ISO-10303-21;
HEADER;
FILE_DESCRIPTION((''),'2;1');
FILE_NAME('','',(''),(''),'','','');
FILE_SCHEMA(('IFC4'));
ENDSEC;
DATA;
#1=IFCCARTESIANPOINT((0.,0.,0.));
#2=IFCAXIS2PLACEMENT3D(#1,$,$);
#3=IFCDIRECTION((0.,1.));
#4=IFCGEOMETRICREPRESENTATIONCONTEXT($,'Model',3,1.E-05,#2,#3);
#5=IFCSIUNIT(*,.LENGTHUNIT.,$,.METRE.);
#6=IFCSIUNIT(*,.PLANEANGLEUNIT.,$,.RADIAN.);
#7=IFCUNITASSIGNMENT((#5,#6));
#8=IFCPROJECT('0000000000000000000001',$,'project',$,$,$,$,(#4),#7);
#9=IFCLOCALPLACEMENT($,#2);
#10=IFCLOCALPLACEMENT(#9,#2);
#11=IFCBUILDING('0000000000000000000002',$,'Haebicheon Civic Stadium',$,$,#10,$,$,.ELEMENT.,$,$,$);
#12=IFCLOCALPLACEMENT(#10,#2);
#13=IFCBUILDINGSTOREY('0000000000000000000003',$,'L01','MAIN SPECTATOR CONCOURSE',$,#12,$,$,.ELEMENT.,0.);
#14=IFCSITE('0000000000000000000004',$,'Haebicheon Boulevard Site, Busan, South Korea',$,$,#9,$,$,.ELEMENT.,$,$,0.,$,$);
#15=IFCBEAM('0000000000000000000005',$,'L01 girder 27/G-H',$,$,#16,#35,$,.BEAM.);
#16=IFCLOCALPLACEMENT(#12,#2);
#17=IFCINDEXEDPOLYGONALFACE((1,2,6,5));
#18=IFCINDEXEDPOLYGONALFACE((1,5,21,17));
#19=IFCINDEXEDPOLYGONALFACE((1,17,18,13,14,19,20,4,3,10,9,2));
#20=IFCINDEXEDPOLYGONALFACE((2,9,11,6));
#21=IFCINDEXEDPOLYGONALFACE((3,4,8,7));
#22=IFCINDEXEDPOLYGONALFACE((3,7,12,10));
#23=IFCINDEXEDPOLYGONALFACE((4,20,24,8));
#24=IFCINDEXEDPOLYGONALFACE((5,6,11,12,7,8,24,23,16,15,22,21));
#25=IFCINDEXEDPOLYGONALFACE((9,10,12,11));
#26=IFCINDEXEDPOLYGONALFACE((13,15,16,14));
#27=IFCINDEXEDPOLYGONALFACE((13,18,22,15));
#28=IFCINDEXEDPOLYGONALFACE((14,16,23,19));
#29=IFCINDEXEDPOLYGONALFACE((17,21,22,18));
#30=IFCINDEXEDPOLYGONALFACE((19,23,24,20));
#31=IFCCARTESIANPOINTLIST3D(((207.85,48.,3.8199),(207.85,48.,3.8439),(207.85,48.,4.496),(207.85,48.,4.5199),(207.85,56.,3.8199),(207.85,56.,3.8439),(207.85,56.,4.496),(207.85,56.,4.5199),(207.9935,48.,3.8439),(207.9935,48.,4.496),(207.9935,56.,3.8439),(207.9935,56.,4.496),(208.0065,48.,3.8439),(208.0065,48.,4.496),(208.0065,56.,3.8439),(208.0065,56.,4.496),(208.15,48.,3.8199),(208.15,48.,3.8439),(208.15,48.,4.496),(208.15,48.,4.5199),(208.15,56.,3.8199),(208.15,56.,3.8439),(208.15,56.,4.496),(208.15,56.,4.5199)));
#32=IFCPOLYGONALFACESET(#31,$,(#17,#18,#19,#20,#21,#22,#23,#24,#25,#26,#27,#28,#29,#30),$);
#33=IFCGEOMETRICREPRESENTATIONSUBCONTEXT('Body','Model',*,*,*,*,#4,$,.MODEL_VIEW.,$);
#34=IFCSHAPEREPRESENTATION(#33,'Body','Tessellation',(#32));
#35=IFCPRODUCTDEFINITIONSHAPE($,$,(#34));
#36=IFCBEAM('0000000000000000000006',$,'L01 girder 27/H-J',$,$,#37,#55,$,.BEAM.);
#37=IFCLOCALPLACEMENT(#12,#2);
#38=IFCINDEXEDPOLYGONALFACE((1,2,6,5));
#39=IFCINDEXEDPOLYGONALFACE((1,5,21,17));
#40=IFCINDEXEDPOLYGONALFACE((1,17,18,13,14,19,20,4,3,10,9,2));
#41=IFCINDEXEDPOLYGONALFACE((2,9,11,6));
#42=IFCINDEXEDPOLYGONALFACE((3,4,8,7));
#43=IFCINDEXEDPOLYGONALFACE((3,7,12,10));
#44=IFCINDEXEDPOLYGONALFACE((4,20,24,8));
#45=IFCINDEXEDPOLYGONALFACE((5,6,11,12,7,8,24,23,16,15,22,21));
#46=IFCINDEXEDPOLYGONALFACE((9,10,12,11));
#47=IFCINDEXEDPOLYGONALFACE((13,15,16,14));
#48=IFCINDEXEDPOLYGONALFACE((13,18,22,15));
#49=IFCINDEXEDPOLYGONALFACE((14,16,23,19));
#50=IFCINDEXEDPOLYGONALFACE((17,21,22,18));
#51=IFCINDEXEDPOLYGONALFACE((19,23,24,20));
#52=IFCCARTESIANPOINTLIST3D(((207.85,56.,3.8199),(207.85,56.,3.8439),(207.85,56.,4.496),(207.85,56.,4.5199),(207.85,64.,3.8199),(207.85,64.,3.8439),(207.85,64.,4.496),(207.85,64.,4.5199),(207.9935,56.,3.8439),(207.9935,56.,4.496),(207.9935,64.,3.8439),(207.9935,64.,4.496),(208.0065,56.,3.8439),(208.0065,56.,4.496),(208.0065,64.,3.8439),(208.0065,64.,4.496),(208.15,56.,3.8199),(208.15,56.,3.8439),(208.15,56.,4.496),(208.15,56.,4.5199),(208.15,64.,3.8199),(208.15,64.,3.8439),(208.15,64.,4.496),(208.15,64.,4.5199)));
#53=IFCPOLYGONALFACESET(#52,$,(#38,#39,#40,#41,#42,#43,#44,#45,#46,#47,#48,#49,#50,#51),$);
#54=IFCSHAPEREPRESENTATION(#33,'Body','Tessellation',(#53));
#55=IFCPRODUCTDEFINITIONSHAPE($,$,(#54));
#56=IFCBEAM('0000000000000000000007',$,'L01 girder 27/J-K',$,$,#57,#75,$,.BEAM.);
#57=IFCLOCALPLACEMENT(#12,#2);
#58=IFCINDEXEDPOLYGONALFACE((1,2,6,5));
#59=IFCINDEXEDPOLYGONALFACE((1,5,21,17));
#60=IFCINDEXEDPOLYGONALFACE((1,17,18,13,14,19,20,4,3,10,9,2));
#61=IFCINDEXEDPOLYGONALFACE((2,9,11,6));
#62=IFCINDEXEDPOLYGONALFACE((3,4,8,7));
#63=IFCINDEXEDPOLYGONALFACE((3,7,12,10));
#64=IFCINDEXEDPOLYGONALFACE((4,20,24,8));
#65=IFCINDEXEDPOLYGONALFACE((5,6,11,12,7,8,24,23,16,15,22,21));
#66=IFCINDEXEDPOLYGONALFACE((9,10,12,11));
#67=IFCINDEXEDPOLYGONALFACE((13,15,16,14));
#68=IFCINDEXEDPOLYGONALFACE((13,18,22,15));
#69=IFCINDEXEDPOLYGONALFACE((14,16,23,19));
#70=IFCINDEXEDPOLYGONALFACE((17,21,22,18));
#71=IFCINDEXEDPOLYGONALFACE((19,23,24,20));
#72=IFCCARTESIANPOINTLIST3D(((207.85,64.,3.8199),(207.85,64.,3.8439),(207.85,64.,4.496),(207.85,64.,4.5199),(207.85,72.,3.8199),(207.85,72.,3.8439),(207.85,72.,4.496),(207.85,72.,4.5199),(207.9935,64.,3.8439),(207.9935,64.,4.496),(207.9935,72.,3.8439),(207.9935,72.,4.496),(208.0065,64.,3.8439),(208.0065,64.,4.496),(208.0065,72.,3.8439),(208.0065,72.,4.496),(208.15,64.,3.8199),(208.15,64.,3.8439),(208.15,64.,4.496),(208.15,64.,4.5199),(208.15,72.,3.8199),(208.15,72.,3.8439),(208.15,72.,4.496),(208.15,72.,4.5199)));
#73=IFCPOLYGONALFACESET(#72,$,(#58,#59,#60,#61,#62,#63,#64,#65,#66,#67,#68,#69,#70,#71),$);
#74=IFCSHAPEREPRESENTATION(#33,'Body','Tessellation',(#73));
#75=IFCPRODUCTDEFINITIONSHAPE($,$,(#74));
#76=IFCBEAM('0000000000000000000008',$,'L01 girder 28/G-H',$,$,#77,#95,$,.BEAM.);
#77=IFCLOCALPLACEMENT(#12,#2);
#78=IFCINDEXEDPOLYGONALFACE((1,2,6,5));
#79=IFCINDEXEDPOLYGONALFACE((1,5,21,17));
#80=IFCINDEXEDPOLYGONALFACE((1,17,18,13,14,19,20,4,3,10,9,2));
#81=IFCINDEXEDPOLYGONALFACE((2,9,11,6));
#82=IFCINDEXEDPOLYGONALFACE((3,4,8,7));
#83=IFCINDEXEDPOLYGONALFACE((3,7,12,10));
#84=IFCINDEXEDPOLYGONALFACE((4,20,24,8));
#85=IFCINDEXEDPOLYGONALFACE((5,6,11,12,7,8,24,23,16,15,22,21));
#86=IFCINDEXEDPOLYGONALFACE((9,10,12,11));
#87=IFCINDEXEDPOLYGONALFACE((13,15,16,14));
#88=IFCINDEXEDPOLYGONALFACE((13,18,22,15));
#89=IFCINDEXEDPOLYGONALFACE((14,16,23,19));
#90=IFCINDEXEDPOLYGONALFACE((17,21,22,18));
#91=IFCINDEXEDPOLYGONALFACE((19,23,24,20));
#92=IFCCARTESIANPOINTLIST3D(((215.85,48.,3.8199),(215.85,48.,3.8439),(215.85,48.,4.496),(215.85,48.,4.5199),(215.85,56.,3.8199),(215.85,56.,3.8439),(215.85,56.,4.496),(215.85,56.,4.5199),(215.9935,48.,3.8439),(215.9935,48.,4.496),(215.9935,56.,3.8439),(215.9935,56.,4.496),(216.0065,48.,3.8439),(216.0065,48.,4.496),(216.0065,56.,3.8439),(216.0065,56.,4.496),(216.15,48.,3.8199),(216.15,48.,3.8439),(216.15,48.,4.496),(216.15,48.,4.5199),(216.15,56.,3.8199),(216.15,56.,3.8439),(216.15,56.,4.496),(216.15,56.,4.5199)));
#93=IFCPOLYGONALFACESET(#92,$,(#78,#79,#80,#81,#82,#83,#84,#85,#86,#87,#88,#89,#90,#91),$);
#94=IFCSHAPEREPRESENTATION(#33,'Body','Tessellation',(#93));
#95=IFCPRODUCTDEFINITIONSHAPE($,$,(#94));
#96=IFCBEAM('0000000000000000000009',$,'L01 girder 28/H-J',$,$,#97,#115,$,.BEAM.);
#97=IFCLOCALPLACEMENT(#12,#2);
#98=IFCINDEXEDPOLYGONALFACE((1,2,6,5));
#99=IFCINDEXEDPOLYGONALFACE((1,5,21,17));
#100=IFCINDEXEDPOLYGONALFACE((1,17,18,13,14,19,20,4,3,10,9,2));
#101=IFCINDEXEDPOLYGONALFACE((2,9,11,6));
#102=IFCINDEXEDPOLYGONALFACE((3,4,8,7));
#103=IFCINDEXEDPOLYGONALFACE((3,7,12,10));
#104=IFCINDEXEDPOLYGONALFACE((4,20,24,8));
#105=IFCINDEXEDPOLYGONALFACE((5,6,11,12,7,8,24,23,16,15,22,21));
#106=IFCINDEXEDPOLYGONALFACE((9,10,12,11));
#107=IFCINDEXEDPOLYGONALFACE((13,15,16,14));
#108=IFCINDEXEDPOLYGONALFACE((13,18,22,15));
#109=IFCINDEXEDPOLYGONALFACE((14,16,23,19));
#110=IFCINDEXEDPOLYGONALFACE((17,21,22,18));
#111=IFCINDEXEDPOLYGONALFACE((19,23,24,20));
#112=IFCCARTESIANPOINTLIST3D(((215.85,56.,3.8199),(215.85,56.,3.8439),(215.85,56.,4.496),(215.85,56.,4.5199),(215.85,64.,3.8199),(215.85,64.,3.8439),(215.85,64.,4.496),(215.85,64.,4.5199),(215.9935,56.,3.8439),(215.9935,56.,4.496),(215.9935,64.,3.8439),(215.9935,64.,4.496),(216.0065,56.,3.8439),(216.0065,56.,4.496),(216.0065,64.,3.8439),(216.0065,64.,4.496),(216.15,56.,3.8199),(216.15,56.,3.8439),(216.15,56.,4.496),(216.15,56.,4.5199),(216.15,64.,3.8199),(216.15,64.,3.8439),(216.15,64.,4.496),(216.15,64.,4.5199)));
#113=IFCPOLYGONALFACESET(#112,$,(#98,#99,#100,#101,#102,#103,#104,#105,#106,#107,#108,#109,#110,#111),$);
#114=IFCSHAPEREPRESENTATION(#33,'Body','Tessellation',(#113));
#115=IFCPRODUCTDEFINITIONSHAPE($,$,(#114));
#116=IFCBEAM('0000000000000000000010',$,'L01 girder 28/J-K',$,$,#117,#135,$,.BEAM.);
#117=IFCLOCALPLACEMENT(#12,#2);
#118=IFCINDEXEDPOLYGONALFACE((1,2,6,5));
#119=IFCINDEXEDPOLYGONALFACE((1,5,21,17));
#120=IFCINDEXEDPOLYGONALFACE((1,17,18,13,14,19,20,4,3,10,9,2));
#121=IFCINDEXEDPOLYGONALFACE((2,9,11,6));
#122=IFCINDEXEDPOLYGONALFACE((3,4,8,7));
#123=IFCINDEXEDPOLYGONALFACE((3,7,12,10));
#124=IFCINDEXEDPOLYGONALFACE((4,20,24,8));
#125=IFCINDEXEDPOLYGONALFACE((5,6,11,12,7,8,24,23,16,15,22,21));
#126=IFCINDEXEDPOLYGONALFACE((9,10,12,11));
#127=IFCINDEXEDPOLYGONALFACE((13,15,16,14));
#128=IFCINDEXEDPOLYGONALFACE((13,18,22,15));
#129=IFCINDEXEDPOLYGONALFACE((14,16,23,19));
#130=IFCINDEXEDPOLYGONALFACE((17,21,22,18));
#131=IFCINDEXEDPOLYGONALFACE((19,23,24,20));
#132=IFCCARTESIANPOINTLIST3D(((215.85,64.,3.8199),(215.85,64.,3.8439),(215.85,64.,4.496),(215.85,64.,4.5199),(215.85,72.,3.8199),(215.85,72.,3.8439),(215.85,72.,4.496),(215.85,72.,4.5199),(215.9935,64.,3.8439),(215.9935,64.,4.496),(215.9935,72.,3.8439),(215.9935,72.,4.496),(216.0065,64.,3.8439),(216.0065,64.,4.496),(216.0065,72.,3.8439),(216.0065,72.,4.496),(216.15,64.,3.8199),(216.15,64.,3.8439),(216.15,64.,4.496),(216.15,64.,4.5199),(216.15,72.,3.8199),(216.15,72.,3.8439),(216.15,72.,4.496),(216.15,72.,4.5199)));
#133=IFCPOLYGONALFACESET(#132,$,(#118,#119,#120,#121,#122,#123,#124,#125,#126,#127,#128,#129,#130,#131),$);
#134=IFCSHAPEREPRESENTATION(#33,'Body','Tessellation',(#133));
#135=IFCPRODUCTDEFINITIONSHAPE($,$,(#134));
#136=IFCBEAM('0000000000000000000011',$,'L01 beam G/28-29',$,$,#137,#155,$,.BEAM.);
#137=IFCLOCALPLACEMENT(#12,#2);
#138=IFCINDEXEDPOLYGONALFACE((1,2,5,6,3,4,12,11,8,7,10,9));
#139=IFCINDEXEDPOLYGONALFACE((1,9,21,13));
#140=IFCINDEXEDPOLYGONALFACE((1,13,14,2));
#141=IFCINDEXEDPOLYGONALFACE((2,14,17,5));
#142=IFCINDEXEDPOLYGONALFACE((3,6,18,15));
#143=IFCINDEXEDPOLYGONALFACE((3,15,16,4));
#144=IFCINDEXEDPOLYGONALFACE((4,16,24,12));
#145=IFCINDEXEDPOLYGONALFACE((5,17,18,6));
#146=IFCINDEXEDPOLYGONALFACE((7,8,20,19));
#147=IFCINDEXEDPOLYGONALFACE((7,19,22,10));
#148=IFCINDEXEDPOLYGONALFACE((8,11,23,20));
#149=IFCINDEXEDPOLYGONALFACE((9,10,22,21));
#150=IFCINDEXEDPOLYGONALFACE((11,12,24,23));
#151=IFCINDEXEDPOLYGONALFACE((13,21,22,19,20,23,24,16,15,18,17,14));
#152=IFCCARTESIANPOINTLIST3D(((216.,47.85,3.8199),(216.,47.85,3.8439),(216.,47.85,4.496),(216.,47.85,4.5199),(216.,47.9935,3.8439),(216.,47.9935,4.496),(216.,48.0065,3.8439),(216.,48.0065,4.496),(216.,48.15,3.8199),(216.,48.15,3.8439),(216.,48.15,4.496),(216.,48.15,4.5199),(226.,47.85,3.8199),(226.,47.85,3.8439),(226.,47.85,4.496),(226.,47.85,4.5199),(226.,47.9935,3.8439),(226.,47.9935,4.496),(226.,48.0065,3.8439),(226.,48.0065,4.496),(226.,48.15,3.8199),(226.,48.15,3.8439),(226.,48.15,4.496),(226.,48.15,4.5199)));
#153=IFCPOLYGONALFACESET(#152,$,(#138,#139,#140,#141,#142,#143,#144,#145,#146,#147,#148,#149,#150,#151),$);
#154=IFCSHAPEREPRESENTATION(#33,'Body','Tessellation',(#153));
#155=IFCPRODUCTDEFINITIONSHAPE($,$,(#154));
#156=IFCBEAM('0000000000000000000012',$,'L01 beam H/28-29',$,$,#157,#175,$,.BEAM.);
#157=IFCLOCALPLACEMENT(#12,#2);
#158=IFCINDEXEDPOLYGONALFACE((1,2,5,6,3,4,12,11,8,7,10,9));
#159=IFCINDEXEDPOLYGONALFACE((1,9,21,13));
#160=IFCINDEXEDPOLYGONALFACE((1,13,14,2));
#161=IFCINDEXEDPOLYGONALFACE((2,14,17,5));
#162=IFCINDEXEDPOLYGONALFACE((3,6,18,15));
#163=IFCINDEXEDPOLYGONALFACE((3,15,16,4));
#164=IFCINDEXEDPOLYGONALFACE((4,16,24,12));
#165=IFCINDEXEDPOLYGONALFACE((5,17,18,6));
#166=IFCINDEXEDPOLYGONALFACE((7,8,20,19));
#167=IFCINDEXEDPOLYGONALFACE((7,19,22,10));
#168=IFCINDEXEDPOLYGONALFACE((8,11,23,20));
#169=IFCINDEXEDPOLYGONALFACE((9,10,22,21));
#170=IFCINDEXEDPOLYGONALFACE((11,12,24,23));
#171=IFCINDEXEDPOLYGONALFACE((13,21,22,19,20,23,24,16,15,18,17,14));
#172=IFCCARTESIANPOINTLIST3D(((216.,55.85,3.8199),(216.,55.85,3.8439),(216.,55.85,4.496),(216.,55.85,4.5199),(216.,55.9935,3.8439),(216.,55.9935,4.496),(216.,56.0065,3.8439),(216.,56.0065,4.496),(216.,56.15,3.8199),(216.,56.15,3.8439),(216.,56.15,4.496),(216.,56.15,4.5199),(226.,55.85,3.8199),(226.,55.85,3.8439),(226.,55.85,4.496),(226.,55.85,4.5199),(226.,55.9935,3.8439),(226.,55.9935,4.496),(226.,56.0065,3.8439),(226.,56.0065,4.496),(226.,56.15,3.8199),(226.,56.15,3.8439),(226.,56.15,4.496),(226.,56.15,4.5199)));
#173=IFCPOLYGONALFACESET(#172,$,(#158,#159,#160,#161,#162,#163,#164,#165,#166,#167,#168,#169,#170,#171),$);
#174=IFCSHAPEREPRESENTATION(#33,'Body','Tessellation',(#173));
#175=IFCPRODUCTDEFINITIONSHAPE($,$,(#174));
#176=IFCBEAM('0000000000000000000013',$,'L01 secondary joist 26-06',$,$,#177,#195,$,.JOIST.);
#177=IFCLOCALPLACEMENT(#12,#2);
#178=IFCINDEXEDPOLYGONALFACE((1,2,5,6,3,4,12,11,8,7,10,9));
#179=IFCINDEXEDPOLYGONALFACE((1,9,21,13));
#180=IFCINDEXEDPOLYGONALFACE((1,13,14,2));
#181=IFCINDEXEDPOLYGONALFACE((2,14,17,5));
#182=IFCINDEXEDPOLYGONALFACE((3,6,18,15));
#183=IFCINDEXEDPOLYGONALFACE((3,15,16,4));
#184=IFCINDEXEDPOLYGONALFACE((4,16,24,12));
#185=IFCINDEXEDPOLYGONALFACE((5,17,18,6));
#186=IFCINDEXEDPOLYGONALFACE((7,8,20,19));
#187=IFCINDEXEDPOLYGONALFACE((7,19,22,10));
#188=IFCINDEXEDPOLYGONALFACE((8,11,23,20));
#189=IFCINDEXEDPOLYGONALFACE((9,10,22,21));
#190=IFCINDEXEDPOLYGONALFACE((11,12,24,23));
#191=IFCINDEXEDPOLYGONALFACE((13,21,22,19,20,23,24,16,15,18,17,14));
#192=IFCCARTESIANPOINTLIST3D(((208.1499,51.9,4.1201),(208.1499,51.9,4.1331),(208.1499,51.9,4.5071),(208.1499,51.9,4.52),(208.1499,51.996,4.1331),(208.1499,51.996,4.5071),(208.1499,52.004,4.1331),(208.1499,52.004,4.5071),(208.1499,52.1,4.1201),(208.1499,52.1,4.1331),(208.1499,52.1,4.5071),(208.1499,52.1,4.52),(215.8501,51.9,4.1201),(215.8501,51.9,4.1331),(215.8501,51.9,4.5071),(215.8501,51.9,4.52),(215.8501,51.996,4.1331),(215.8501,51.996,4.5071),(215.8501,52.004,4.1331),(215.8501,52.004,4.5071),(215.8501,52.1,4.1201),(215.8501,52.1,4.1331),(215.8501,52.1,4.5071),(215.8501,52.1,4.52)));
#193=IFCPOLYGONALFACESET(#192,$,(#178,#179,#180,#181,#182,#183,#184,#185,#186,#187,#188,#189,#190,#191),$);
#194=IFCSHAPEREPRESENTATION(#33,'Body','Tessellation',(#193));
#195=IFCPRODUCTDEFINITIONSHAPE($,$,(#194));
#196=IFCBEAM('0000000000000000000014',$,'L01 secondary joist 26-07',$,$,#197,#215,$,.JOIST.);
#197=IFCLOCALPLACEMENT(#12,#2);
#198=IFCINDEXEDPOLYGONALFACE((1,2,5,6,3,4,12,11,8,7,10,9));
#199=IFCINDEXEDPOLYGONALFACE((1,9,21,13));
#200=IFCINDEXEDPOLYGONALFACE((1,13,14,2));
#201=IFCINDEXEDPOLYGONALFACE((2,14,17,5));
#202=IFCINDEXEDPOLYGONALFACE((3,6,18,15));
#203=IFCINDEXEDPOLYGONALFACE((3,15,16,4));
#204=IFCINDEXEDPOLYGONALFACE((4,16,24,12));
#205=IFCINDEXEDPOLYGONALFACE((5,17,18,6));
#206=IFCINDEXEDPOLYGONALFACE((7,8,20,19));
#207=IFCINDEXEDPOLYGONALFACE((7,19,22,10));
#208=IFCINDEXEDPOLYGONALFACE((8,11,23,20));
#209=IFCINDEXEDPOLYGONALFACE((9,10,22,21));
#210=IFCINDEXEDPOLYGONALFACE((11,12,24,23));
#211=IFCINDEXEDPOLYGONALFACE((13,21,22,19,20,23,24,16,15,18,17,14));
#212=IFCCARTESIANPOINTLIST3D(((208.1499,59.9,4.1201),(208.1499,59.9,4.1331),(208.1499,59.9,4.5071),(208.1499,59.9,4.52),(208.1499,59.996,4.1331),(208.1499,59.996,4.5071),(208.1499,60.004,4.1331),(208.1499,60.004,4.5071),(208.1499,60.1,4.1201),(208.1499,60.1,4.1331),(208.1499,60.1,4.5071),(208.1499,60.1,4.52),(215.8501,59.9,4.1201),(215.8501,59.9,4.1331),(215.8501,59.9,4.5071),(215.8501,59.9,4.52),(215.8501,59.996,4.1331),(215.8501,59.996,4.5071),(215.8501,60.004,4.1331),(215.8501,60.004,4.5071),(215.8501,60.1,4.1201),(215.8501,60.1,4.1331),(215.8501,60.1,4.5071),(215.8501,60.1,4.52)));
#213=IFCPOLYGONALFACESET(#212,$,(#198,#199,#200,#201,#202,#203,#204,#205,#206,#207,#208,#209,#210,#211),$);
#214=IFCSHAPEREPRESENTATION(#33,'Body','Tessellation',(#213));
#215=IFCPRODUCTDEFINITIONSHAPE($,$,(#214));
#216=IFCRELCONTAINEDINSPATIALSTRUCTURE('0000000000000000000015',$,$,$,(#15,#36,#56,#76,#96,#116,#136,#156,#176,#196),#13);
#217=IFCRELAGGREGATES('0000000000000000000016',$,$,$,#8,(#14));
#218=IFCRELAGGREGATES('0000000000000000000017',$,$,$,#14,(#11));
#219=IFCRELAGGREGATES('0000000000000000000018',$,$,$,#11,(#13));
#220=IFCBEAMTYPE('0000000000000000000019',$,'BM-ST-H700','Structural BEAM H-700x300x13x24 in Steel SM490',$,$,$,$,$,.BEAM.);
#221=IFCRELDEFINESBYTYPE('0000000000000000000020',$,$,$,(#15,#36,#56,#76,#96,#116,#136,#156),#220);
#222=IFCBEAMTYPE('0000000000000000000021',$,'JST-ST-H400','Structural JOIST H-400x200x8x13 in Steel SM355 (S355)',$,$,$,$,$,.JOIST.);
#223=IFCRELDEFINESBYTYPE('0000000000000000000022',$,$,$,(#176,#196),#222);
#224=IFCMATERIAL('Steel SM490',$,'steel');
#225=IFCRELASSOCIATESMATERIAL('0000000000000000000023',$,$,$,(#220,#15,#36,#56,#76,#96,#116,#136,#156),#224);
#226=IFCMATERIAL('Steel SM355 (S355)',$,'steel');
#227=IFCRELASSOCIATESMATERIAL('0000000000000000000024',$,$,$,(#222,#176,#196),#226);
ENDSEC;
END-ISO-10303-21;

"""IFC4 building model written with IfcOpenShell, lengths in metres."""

from ifc_helpers import new_model, si_unit, direction, frame, origin, origin_2d, place, context, subcontext, project, spatial, i_section, extrude, material, material_profile, profile_set, type_object, element, save


model = new_model("IFC4")

# Units and contexts
model_context = context("Model", 3, precision=1e-05, world=origin(), true_north=direction((0.0, 1.0)))
body_context = subcontext(model_context, "Body", "Model", "MODEL_VIEW")
ifc_project = project(units=[si_unit("LENGTHUNIT", "METRE"), si_unit("PLANEANGLEUNIT", "RADIAN")], contexts=[model_context])

# Site, building, storey
site_placement = place(None, origin())
site = spatial("IfcSite", under=ifc_project, at=site_placement, Name="Haebicheon Boulevard Site, Busan, South Korea", CompositionType="ELEMENT", RefElevation=0.0)
building_placement = place(site_placement, origin())
building = spatial("IfcBuilding", under=site, at=building_placement, Name="Haebicheon Civic Stadium", CompositionType="ELEMENT")
storey_placement = place(building_placement, origin())
storey = spatial("IfcBuildingStorey", under=building, at=storey_placement, Name="L01", Description="MAIN SPECTATOR CONCOURSE", CompositionType="ELEMENT", Elevation=0.0)

# Beams
ifc_material_1 = material(Name="Steel SM490", Category="steel")
ifc_material_profile_1 = material_profile(ifc_material_1, i_section(OverallWidth=0.3, OverallDepth=0.7, WebThickness=0.0129, FlangeThickness=0.0239, at=origin_2d()), Name="H-700x300x13x24")
ifc_profile_set_1 = profile_set([ifc_material_profile_1], Name="Steel SM490")
beam_type_1 = type_object("IfcBeamType", Name="BM-ST-H700", Description="Structural BEAM H-700x300x13x24 in Steel SM490", PredefinedType="BEAM", material=ifc_profile_set_1)
for number, where, z_axis, x_axis, name in (
    (1, (208.0, 48.0, 4.1699), (0.0, 1.0, 0.0), (-1.0, 0.0, 0.0), "L01 girder 27/G-H"),
    (2, (208.0, 56.0, 4.1699), (0.0, 1.0, 0.0), (-1.0, 0.0, 0.0), "L01 girder 27/H-J"),
    (3, (208.0, 64.0, 4.1699), (0.0, 1.0, 0.0), (-1.0, 0.0, 0.0), "L01 girder 27/J-K"),
    (4, (216.0, 48.0, 4.1699), (0.0, 1.0, 0.0), (-1.0, 0.0, 0.0), "L01 girder 28/G-H"),
    (5, (216.0, 56.0, 4.1699), (0.0, 1.0, 0.0), (-1.0, 0.0, 0.0), "L01 girder 28/H-J"),
    (6, (216.0, 64.0, 4.1699), (0.0, 1.0, 0.0), (-1.0, 0.0, 0.0), "L01 girder 28/J-K"),
):
    element("IfcBeam", number, at=place(storey_placement, frame(where, z_axis=z_axis, x_axis=x_axis)), inside=storey, type_object=beam_type_1, material=ifc_profile_set_1, Name=name, PredefinedType="BEAM", context=body_context, shape_type="SweptSolid", body=[
        extrude(i_section(OverallWidth=0.3, OverallDepth=0.7, WebThickness=0.0129, FlangeThickness=0.0239, at=origin_2d()), origin(), (0.0, 0.0, 1.0), 8.0),
    ])
for number, where, z_axis, x_axis, name in (
    (7, (216.0, 48.0, 4.1699), (1.0, 0.0, 0.0), (0.0, 1.0, 0.0), "L01 beam G/28-29"),
    (8, (216.0, 56.0, 4.1699), (1.0, 0.0, 0.0), (0.0, 1.0, 0.0), "L01 beam H/28-29"),
):
    element("IfcBeam", number, at=place(storey_placement, frame(where, z_axis=z_axis, x_axis=x_axis)), inside=storey, type_object=beam_type_1, material=ifc_profile_set_1, Name=name, PredefinedType="BEAM", context=body_context, shape_type="SweptSolid", body=[
        extrude(i_section(OverallWidth=0.3, OverallDepth=0.7, WebThickness=0.0129, FlangeThickness=0.0239, at=origin_2d()), origin(), (0.0, 0.0, 1.0), 10.0),
    ])
ifc_material_2 = material(Name="Steel SM355 (S355)", Category="steel")
ifc_material_profile_2 = material_profile(ifc_material_2, i_section(OverallWidth=0.2, OverallDepth=0.3999, WebThickness=0.0081, FlangeThickness=0.0129, at=origin_2d()), Name="H-400x200x8x13")
ifc_profile_set_2 = profile_set([ifc_material_profile_2], Name="Steel SM355 (S355)")
beam_type_2 = type_object("IfcBeamType", Name="JST-ST-H400", Description="Structural JOIST H-400x200x8x13 in Steel SM355 (S355)", PredefinedType="JOIST", material=ifc_profile_set_2)
for number, where, z_axis, x_axis, name in (
    (9, (208.1499, 52.0, 4.3201), (1.0, 0.0, 0.0), (0.0, 1.0, 0.0), "L01 secondary joist 26-06"),
    (10, (208.1499, 60.0, 4.3201), (1.0, 0.0, 0.0), (0.0, 1.0, 0.0), "L01 secondary joist 26-07"),
):
    element("IfcBeam", number, at=place(storey_placement, frame(where, z_axis=z_axis, x_axis=x_axis)), inside=storey, type_object=beam_type_2, material=ifc_profile_set_2, Name=name, PredefinedType="JOIST", context=body_context, shape_type="SweptSolid", body=[
        extrude(i_section(OverallWidth=0.2, OverallDepth=0.3999, WebThickness=0.0081, FlangeThickness=0.0129, at=origin_2d()), origin(), (0.0, 0.0, 1.0), 7.7002),
    ])

save(model, "model.ifc")
